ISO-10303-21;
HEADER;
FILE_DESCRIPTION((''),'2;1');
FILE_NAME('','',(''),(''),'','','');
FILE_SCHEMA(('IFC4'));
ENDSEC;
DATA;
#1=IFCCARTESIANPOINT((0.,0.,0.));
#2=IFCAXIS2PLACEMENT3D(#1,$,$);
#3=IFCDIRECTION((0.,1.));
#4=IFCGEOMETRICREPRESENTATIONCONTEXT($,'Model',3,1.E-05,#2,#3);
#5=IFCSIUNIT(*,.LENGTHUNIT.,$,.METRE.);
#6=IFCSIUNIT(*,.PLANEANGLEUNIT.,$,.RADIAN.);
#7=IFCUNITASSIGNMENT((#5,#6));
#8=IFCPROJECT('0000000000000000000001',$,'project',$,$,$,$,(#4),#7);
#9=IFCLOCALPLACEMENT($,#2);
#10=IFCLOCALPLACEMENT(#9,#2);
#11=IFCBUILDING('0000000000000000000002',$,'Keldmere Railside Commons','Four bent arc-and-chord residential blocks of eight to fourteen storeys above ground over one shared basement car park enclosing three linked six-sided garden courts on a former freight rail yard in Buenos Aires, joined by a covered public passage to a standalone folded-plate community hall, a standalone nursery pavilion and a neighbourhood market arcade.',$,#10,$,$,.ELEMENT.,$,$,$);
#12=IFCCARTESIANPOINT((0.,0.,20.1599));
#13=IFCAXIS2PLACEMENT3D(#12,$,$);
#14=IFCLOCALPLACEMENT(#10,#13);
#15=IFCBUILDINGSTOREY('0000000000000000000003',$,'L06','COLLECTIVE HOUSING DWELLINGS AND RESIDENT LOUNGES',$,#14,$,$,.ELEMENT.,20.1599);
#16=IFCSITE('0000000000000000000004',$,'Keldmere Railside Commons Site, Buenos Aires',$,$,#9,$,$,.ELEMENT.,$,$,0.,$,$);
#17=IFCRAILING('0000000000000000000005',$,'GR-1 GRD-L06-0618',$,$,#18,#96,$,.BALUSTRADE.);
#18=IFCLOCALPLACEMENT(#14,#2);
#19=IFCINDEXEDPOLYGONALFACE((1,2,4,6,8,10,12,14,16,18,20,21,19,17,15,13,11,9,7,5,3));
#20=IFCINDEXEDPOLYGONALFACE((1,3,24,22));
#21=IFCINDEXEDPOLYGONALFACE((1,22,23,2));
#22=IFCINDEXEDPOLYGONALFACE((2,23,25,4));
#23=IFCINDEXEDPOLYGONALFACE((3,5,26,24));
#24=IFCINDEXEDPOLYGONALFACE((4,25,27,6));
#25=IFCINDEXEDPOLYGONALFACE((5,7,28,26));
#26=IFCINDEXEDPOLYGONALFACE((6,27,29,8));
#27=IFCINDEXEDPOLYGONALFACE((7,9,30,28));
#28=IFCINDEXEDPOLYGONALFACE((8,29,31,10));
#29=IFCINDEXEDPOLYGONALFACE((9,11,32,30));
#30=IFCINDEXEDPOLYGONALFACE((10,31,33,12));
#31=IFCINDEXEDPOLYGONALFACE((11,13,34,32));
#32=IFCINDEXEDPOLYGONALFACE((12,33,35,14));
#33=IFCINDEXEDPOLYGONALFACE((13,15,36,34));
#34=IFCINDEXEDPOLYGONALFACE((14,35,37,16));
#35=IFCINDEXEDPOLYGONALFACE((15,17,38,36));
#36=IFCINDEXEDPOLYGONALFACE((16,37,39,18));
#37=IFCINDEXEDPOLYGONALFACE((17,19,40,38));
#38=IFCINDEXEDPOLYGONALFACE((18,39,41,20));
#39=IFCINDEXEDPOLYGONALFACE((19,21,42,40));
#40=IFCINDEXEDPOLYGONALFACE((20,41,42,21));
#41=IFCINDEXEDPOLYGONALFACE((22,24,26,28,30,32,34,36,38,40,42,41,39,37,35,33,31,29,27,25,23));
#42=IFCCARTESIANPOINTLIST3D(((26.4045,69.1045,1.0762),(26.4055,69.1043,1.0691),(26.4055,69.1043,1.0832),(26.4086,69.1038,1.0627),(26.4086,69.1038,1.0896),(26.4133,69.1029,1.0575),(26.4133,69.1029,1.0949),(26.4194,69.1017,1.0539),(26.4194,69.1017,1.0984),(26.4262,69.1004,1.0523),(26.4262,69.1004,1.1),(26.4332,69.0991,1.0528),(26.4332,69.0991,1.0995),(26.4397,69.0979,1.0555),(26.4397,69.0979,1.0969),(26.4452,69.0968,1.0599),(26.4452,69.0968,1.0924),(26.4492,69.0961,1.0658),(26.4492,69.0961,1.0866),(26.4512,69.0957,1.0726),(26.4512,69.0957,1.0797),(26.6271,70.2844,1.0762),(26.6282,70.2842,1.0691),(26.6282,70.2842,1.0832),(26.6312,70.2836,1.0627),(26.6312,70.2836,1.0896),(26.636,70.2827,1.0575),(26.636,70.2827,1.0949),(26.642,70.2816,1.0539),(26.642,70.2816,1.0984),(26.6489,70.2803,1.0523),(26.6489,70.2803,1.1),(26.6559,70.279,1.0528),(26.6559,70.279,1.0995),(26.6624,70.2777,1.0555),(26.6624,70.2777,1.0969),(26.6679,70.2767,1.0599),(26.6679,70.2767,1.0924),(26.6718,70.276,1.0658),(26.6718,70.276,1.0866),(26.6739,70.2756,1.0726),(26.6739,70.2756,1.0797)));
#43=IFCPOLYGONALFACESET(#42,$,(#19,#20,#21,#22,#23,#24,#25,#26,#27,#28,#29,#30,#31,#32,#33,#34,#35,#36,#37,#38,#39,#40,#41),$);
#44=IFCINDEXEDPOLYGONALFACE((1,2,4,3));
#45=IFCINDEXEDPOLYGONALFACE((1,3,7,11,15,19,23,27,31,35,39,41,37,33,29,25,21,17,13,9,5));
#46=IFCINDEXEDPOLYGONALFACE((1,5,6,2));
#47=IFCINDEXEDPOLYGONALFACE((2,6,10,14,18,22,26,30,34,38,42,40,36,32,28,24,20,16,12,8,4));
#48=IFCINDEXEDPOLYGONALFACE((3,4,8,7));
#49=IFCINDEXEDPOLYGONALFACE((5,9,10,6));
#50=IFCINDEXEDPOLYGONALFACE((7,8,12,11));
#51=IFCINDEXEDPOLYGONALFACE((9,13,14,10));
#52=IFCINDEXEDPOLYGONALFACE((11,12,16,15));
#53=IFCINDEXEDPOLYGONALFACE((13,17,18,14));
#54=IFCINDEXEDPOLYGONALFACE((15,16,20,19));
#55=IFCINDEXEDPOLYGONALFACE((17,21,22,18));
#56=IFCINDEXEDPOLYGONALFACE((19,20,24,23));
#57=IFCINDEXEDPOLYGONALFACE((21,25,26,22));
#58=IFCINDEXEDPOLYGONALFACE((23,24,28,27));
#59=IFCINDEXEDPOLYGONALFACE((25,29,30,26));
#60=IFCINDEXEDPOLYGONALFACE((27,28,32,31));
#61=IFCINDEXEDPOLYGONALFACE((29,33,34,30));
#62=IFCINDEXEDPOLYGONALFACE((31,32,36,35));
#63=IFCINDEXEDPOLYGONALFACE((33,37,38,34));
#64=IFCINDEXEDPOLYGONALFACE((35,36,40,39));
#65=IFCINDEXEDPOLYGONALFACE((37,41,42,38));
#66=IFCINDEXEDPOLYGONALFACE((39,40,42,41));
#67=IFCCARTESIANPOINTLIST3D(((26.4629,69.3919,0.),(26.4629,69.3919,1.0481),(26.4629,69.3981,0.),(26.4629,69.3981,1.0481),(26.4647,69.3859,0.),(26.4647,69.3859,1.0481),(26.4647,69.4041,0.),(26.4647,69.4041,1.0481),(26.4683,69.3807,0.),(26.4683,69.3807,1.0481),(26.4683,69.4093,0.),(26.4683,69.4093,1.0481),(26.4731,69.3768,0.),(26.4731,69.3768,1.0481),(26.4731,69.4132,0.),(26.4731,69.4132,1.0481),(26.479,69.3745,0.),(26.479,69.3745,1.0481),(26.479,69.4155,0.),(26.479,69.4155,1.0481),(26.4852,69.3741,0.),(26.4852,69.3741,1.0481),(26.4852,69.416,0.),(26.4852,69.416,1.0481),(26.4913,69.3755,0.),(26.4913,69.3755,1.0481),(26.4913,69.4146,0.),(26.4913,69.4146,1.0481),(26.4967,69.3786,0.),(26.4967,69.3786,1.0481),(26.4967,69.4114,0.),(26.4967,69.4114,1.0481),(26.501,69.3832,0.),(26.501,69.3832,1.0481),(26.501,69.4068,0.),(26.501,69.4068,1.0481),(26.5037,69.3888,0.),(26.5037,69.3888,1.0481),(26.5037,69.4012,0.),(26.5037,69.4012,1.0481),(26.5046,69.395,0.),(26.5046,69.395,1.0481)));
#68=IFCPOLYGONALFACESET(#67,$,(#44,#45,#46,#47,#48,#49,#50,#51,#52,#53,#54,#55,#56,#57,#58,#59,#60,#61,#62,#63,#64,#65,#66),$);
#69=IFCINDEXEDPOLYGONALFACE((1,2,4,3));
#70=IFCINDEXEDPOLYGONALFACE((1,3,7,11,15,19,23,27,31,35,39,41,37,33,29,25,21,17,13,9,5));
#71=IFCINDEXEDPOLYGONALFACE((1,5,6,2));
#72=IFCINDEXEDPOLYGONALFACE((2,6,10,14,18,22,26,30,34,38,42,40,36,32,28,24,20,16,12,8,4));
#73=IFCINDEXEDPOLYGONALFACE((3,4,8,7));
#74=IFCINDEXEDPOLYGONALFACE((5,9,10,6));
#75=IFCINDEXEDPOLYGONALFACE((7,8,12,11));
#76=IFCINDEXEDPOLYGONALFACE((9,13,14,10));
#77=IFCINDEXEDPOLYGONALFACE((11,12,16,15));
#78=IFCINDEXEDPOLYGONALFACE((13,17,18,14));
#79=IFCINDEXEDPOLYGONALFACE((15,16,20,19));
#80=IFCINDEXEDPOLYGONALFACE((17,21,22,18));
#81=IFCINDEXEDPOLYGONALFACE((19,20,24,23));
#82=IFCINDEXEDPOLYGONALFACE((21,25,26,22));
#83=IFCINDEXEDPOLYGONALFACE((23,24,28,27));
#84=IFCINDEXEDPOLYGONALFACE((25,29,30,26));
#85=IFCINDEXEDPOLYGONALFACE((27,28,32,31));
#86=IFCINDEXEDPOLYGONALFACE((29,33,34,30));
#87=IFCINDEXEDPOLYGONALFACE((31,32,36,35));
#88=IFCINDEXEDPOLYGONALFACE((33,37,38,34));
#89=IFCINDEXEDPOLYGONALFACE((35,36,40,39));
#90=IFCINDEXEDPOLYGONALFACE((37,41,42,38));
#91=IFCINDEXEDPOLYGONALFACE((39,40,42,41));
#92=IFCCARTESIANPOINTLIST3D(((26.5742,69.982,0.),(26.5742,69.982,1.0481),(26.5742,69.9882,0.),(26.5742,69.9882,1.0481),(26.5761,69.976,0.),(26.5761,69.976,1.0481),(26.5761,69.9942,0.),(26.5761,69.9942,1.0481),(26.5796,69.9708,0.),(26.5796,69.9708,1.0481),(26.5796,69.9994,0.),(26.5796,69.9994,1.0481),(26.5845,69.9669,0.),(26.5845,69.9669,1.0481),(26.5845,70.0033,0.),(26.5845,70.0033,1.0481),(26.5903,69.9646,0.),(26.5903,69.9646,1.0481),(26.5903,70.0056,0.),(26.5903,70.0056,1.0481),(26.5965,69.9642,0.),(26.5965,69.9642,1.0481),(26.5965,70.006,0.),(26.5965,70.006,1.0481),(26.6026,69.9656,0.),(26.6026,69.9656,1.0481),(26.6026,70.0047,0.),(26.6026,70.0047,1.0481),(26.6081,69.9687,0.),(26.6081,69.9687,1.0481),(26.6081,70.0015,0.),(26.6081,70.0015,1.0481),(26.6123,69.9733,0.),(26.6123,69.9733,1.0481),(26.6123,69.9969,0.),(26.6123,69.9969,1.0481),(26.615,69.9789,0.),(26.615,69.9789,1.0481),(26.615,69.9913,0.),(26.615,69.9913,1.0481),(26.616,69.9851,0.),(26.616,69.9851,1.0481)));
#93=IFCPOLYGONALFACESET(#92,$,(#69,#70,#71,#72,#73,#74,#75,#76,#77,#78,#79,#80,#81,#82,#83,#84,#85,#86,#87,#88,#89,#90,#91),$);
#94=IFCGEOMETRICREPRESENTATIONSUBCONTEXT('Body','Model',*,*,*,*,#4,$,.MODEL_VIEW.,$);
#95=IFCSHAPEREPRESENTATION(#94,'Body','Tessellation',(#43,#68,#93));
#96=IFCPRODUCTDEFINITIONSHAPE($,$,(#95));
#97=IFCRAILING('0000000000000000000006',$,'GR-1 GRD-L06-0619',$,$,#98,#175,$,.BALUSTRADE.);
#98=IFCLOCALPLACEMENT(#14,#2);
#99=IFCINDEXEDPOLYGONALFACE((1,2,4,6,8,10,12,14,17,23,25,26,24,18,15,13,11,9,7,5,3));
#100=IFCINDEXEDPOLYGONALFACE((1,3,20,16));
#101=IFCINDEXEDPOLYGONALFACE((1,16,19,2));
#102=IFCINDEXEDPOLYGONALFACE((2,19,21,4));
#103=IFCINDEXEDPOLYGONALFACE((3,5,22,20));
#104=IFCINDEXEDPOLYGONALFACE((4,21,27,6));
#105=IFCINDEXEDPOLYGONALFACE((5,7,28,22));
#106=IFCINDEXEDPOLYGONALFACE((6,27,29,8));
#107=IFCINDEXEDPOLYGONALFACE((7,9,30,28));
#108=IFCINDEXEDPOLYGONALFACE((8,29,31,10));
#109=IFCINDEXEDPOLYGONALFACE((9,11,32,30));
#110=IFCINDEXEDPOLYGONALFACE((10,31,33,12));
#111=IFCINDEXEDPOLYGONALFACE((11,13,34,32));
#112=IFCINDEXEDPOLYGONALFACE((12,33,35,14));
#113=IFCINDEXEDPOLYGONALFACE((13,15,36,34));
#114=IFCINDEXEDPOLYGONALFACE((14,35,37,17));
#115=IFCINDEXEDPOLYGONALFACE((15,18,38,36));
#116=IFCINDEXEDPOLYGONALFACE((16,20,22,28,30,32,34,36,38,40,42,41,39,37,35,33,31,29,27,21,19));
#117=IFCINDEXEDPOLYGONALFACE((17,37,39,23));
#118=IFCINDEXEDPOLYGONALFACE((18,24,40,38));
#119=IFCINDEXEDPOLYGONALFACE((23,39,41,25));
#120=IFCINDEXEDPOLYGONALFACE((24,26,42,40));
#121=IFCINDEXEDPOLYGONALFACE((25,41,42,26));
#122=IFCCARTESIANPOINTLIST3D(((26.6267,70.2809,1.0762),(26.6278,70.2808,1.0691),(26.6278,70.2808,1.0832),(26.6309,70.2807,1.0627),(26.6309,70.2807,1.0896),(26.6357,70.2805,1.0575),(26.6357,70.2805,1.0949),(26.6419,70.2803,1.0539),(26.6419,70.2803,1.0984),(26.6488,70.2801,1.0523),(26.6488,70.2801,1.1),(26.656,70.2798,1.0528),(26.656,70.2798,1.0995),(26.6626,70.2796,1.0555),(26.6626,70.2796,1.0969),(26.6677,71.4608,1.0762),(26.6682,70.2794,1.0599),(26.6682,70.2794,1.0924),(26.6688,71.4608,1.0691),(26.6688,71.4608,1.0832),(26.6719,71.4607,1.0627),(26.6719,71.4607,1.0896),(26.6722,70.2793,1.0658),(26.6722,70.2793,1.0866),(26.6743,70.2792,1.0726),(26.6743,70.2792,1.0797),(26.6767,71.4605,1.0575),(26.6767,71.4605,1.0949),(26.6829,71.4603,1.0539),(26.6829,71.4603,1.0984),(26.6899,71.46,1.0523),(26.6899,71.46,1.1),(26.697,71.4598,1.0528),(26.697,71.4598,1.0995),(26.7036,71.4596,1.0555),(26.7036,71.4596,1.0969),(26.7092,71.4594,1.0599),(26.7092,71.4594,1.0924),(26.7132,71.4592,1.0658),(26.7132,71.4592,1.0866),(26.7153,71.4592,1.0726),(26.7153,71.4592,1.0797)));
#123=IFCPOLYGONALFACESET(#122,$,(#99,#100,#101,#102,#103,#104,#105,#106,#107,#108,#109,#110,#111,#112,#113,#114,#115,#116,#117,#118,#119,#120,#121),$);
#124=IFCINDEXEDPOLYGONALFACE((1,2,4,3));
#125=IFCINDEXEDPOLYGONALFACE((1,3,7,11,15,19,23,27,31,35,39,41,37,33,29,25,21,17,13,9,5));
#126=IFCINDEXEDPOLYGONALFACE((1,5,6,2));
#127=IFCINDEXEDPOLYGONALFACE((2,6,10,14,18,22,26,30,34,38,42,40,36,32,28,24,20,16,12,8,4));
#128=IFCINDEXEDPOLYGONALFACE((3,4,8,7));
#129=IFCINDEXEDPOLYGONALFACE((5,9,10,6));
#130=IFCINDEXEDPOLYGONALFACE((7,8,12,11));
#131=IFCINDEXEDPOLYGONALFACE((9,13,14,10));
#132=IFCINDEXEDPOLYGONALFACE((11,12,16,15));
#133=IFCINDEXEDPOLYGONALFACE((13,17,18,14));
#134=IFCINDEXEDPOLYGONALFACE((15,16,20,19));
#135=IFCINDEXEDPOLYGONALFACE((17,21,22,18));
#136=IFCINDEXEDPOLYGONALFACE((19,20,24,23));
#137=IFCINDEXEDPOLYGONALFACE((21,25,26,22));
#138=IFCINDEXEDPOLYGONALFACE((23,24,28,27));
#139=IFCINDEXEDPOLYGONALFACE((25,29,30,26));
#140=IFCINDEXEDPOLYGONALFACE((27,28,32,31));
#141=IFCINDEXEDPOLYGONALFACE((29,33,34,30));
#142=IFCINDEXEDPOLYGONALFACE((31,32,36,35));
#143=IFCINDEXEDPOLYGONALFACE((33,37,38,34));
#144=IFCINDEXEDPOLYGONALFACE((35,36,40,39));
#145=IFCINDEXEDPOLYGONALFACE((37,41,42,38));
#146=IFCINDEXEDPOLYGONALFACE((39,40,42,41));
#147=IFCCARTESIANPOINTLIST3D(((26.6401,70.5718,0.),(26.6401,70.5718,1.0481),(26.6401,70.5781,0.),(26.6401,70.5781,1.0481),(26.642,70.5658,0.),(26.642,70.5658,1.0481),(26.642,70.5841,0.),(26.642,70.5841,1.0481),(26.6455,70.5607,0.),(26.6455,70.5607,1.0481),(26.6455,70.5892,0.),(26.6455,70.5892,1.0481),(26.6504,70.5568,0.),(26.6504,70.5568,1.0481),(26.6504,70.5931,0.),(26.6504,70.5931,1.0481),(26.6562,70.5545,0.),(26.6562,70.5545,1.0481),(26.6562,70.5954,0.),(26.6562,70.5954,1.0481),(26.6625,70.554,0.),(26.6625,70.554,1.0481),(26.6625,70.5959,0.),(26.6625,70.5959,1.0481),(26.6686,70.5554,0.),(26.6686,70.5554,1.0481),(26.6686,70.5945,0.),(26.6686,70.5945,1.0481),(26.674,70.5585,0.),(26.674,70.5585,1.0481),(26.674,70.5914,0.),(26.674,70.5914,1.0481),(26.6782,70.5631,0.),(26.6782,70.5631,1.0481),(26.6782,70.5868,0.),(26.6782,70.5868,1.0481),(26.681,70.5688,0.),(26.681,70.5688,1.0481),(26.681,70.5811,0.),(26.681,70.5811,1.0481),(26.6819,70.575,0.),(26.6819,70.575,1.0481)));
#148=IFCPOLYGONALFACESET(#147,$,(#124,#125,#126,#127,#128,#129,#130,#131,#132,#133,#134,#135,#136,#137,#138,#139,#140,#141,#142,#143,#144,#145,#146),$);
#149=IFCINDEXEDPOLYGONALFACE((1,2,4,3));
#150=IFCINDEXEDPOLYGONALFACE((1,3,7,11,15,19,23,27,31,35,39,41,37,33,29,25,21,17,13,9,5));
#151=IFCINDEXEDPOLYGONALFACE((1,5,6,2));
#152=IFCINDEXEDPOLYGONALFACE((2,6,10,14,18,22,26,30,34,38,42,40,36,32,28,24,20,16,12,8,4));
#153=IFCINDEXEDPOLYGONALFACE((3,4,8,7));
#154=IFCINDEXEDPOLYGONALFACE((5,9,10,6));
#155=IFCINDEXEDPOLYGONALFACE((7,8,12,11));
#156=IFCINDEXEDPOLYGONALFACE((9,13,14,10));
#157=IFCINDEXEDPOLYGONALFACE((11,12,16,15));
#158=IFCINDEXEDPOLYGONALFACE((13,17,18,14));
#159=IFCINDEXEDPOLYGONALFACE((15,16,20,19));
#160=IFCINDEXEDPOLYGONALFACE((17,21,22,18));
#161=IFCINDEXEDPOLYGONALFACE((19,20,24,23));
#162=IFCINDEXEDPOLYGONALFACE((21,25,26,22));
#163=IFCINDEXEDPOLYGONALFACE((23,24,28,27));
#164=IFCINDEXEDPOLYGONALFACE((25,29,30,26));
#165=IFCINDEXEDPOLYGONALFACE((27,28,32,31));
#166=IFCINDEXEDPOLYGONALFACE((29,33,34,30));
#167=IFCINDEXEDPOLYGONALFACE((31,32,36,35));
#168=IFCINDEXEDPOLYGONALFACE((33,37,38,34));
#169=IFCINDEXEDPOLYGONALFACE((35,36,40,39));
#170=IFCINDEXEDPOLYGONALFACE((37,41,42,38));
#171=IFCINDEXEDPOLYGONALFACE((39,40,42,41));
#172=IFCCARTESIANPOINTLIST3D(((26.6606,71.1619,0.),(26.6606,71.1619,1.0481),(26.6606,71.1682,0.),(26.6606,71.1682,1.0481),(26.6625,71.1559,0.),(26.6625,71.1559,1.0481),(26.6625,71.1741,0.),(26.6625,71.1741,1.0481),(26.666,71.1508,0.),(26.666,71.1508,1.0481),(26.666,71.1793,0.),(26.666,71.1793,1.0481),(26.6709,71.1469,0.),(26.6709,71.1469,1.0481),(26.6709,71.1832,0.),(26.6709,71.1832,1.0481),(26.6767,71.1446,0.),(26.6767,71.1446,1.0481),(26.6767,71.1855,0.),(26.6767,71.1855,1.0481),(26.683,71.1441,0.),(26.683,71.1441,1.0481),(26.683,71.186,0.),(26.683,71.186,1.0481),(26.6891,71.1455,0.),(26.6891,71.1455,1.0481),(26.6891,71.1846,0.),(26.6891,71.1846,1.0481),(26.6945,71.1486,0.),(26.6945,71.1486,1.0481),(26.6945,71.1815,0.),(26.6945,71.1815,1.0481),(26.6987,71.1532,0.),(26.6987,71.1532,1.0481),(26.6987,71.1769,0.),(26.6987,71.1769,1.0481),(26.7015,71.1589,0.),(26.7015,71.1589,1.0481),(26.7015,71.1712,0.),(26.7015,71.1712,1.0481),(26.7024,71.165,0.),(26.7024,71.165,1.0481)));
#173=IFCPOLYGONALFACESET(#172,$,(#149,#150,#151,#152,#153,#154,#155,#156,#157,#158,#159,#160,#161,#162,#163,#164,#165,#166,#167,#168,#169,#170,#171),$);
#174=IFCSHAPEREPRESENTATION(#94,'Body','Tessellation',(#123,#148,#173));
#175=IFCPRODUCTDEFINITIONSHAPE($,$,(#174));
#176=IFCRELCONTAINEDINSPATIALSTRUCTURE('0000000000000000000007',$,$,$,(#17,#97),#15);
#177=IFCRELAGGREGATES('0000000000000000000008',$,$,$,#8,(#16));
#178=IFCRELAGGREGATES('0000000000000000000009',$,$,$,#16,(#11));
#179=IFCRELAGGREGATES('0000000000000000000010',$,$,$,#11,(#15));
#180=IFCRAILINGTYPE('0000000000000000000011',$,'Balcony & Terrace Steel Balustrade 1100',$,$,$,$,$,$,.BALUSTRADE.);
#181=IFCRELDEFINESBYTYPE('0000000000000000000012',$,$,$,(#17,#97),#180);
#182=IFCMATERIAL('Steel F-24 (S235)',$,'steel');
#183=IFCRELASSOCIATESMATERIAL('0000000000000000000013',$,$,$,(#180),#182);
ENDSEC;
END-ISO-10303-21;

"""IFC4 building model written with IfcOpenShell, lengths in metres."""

from ifc_helpers import new_model, si_unit, direction, frame, origin, origin_2d, place, context, subcontext, project, spatial, circle, extrude, material, type_object, element, save


model = new_model("IFC4")

# Units and contexts
model_context = context("Model", 3, precision=1e-05, world=origin(), true_north=direction((0.0, 1.0)))
body_context = subcontext(model_context, "Body", "Model", "MODEL_VIEW")
ifc_project = project(units=[si_unit("LENGTHUNIT", "METRE"), si_unit("PLANEANGLEUNIT", "RADIAN")], contexts=[model_context])

# Site, building, storey
site_placement = place(None, origin())
site = spatial("IfcSite", under=ifc_project, at=site_placement, Name="Keldmere Railside Commons Site, Buenos Aires", CompositionType="ELEMENT", RefElevation=0.0)
building_placement = place(site_placement, origin())
building = spatial("IfcBuilding", under=site, at=building_placement, Name="Keldmere Railside Commons", Description="Four bent arc-and-chord residential blocks of eight to fourteen storeys above ground over one shared basement car park enclosing three linked six-sided garden courts on a former freight rail yard in Buenos Aires, joined by a covered public passage to a standalone folded-plate community hall, a standalone nursery pavilion and a neighbourhood market arcade.", CompositionType="ELEMENT")
storey_placement = place(building_placement, frame((0.0, 0.0, 20.1599)))
storey = spatial("IfcBuildingStorey", under=building, at=storey_placement, Name="L06", Description="COLLECTIVE HOUSING DWELLINGS AND RESIDENT LOUNGES", CompositionType="ELEMENT", Elevation=20.1599)

# Railings
ifc_material_1 = material(Name="Steel F-24 (S235)", Category="steel")
railing_type_1 = type_object("IfcRailingType", Name="Balcony & Terrace Steel Balustrade 1100", PredefinedType="BALUSTRADE", material=ifc_material_1)
railing_1_placement = place(storey_placement, frame((26.428, 69.1001, 0.0)))
element("IfcRailing", 1, at=railing_1_placement, inside=storey, type_object=railing_type_1, Name="GR-1 GRD-L06-0618", PredefinedType="BALUSTRADE", context=body_context, shape_type="SweptSolid", body=[
    extrude(circle(Radius=0.0239, at=origin_2d()), frame((0.0, 0.0, 1.0762), z_axis=(0.18543, 0.982657, 0.0), x_axis=(-0.982657, 0.18543, 0.0)), (0.0, 0.0, 1.0), 1.2007),
    extrude(circle(Radius=0.021, at=origin_2d()), frame((0.0557, 0.2949, 0.0)), (0.0, 0.0, 1.0), 1.0481),
    extrude(circle(Radius=0.021, at=origin_2d()), frame((0.167, 0.885, 0.0)), (0.0, 0.0, 1.0), 1.0481),
])
railing_2_placement = place(storey_placement, frame((26.6506, 70.28, 0.0)))
element("IfcRailing", 2, at=railing_2_placement, inside=storey, type_object=railing_type_1, Name="GR-1 GRD-L06-0619", PredefinedType="BALUSTRADE", context=body_context, shape_type="SweptSolid", body=[
    extrude(circle(Radius=0.0239, at=origin_2d()), frame((0.0, 0.0, 1.0762), z_axis=(0.03474, 0.999396, 0.0), x_axis=(-0.999396, 0.03474, 0.0)), (0.0, 0.0, 1.0), 1.1807),
    extrude(circle(Radius=0.021, at=origin_2d()), frame((0.0103, 0.2949, 0.0)), (0.0, 0.0, 1.0), 1.0481),
    extrude(circle(Radius=0.021, at=origin_2d()), frame((0.0308, 0.885, 0.0)), (0.0, 0.0, 1.0), 1.0481),
])

save(model, "model.ifc")
